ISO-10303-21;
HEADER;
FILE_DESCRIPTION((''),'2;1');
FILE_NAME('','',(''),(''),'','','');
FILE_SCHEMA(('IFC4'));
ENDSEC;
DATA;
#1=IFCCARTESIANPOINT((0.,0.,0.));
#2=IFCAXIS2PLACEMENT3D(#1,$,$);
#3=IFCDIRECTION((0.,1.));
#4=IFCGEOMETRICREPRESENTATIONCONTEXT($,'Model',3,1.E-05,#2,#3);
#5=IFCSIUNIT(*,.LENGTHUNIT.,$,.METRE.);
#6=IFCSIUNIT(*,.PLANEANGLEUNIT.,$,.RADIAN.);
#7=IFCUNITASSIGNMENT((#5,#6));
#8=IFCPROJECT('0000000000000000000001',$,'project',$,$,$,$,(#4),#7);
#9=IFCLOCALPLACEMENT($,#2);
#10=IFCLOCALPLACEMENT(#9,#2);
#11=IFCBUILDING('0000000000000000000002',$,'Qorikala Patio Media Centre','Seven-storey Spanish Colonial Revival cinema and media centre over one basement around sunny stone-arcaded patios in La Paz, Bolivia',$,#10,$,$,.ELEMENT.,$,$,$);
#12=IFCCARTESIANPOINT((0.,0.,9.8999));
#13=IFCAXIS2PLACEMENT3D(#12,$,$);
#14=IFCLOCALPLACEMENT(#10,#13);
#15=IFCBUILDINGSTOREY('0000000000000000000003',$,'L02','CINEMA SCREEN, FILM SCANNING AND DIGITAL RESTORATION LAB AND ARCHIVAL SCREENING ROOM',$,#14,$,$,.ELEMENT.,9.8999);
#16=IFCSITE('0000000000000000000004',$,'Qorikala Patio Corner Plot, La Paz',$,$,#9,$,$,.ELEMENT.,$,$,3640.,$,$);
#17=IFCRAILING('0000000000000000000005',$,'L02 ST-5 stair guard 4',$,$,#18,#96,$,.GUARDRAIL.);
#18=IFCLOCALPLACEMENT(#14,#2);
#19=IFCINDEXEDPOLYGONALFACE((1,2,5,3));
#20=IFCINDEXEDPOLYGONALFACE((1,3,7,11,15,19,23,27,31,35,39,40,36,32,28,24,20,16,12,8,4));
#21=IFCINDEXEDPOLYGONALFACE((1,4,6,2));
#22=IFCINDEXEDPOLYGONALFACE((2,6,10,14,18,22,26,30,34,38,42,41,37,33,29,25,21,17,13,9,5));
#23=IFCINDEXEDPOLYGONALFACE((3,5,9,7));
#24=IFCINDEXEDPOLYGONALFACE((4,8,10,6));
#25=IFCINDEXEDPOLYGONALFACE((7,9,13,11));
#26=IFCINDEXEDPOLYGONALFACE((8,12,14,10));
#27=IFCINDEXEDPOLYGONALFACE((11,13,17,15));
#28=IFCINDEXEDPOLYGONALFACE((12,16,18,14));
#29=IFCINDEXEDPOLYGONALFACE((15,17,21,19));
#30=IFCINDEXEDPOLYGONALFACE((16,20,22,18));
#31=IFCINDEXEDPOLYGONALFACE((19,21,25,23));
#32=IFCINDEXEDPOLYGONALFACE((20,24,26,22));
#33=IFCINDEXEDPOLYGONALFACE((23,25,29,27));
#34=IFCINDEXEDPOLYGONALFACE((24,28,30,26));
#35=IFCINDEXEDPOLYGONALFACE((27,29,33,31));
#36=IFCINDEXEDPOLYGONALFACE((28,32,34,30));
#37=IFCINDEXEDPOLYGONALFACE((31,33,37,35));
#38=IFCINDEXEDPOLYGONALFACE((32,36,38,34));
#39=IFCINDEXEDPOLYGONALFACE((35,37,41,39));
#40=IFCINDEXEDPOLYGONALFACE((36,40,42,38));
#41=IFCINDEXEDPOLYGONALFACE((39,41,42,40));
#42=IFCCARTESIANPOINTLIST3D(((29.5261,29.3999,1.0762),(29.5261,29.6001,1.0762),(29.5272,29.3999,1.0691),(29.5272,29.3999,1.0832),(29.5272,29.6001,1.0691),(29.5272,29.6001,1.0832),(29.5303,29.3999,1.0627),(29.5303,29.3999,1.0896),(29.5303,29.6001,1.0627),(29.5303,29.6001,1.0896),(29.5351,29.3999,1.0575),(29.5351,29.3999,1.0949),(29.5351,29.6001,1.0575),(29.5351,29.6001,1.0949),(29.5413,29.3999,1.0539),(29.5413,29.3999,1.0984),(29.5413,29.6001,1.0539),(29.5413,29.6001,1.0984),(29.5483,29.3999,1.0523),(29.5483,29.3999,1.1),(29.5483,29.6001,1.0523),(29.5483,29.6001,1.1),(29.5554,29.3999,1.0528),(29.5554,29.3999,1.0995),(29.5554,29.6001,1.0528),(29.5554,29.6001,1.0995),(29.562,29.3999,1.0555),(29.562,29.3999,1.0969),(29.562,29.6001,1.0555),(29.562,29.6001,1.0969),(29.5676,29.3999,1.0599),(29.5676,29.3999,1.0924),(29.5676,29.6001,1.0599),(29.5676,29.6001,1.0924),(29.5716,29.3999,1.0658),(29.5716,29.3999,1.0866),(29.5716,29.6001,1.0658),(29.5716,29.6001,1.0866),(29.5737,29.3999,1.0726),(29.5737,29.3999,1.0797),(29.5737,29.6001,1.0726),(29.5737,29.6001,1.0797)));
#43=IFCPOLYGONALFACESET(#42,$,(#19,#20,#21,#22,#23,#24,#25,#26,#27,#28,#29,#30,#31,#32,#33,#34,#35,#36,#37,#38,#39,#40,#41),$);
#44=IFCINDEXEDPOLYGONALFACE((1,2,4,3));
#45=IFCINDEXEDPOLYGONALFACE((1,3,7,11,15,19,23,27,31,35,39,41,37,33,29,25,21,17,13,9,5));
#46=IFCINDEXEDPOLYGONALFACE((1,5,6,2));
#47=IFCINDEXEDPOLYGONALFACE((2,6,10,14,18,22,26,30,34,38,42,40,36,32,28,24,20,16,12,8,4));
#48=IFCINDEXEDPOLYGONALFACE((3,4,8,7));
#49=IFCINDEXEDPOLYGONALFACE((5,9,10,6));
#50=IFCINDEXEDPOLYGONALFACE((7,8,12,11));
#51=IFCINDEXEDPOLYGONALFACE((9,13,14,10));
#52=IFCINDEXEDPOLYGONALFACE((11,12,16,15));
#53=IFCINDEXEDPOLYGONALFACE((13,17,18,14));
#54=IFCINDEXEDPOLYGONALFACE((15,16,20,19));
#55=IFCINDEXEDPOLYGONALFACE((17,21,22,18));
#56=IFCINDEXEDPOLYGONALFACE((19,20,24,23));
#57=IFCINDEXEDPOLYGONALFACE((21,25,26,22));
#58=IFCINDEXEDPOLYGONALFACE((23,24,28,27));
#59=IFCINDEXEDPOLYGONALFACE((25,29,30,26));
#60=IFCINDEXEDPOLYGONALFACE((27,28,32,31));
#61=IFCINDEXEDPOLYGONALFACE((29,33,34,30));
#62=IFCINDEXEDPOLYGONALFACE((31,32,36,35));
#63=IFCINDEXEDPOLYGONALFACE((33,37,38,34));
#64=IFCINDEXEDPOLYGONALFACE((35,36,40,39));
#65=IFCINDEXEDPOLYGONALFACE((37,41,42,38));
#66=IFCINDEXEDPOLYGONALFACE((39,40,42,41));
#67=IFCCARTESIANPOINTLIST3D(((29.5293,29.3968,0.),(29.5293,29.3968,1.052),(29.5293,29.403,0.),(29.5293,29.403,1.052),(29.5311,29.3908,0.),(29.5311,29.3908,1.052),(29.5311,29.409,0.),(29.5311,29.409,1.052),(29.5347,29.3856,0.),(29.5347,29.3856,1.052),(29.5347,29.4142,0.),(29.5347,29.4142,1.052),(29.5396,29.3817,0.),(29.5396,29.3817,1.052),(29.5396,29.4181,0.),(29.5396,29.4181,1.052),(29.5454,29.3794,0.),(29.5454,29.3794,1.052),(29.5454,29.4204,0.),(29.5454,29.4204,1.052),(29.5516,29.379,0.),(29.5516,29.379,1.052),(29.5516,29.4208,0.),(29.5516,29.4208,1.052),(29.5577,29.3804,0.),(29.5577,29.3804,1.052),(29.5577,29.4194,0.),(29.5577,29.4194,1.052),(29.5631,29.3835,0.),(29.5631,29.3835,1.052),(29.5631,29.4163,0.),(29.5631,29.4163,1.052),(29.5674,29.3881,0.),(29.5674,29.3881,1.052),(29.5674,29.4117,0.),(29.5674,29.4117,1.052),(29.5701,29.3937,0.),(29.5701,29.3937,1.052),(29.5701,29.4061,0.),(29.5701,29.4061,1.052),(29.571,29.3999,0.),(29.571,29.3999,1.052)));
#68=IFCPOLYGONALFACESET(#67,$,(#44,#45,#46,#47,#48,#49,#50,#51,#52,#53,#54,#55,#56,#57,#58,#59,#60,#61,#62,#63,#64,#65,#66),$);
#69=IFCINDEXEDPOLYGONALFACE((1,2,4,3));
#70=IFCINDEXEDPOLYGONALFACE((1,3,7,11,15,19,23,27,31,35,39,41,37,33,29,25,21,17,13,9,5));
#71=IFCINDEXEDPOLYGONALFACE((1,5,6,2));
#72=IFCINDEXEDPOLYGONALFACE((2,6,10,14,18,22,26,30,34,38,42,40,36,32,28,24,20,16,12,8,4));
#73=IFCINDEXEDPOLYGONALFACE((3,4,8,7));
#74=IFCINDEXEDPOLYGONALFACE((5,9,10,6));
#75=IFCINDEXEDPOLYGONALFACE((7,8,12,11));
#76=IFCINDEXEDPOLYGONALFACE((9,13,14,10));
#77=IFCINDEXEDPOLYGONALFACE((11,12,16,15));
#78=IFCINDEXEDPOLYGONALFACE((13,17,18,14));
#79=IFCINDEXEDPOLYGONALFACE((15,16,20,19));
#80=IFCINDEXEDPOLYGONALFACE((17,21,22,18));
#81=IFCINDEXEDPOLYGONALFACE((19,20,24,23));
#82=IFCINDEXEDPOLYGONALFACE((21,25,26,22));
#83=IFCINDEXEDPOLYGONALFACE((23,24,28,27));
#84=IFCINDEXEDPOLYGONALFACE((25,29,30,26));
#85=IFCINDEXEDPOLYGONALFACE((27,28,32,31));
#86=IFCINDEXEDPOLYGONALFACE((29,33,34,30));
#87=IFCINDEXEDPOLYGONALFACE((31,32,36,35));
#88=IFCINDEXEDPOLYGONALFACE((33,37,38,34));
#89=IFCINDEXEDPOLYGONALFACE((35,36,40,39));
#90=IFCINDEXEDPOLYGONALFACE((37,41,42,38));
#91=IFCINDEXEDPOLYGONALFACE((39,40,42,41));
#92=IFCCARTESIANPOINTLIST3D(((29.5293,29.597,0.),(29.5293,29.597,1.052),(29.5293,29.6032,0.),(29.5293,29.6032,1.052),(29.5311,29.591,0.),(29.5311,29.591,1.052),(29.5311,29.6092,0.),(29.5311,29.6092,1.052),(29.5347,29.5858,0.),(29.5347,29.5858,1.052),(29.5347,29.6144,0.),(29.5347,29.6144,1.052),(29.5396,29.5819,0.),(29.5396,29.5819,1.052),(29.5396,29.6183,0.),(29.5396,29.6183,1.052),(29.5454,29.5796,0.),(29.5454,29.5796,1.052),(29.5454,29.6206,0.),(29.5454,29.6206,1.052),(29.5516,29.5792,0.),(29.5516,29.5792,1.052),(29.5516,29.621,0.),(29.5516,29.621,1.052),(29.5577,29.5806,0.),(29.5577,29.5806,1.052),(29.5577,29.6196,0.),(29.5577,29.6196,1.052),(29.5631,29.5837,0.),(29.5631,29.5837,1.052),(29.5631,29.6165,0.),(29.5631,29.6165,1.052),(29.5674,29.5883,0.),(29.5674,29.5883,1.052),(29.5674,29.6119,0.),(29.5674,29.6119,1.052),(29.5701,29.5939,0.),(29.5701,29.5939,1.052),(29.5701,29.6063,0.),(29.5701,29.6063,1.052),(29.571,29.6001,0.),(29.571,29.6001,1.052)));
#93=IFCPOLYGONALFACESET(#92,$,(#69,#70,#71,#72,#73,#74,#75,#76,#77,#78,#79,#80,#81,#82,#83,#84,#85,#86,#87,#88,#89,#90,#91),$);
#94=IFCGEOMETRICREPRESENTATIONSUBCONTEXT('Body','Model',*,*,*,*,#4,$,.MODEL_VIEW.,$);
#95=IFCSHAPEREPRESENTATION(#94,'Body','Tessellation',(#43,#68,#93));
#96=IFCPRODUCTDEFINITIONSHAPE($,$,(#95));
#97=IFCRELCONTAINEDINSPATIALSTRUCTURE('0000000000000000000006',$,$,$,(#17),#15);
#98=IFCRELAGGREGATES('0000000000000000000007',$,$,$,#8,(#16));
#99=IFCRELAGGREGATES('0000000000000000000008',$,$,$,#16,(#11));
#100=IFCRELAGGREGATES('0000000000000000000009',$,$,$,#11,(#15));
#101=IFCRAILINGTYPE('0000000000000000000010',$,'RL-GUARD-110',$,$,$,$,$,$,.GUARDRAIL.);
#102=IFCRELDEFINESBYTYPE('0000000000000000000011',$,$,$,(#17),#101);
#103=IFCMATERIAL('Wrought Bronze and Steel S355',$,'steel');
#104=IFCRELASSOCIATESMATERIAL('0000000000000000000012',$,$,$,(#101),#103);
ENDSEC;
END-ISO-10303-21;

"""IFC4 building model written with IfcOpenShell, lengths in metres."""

from ifc_helpers import new_model, si_unit, direction, frame, origin, origin_2d, place, context, subcontext, project, spatial, circle, extrude, material, type_object, element, save


model = new_model("IFC4")

# Units and contexts
model_context = context("Model", 3, precision=1e-05, world=origin(), true_north=direction((0.0, 1.0)))
body_context = subcontext(model_context, "Body", "Model", "MODEL_VIEW")
ifc_project = project(units=[si_unit("LENGTHUNIT", "METRE"), si_unit("PLANEANGLEUNIT", "RADIAN")], contexts=[model_context])

# Site, building, storey
site_placement = place(None, origin())
site = spatial("IfcSite", under=ifc_project, at=site_placement, Name="Qorikala Patio Corner Plot, La Paz", CompositionType="ELEMENT", RefElevation=3640.0)
building_placement = place(site_placement, origin())
building = spatial("IfcBuilding", under=site, at=building_placement, Name="Qorikala Patio Media Centre", Description="Seven-storey Spanish Colonial Revival cinema and media centre over one basement around sunny stone-arcaded patios in La Paz, Bolivia", CompositionType="ELEMENT")
storey_placement = place(building_placement, frame((0.0, 0.0, 9.8999)))
storey = spatial("IfcBuildingStorey", under=building, at=storey_placement, Name="L02", Description="CINEMA SCREEN, FILM SCANNING AND DIGITAL RESTORATION LAB AND ARCHIVAL SCREENING ROOM", CompositionType="ELEMENT", Elevation=9.8999)

# Railing
ifc_material_1 = material(Name="Wrought Bronze and Steel S355", Category="steel")
railing_type = type_object("IfcRailingType", Name="RL-GUARD-110", PredefinedType="GUARDRAIL", material=ifc_material_1)
railing_placement = place(storey_placement, frame((29.55, 29.3999, 0.0)))
element("IfcRailing", 1, at=railing_placement, inside=storey, type_object=railing_type, Name="L02 ST-5 stair guard 4", PredefinedType="GUARDRAIL", context=body_context, shape_type="SweptSolid", body=[
    extrude(circle(Radius=0.0239, at=origin_2d()), frame((0.0, 0.0, 1.0762), z_axis=(0.0, 1.0, 0.0), x_axis=(-1.0, 0.0, 0.0)), (0.0, 0.0, 1.0), 0.2002),
    extrude(circle(Radius=0.021, at=origin_2d()), origin(), (0.0, 0.0, 1.0), 1.052),
    extrude(circle(Radius=0.021, at=origin_2d()), frame((0.0, 0.2002, 0.0)), (0.0, 0.0, 1.0), 1.052),
])

save(model, "model.ifc")
